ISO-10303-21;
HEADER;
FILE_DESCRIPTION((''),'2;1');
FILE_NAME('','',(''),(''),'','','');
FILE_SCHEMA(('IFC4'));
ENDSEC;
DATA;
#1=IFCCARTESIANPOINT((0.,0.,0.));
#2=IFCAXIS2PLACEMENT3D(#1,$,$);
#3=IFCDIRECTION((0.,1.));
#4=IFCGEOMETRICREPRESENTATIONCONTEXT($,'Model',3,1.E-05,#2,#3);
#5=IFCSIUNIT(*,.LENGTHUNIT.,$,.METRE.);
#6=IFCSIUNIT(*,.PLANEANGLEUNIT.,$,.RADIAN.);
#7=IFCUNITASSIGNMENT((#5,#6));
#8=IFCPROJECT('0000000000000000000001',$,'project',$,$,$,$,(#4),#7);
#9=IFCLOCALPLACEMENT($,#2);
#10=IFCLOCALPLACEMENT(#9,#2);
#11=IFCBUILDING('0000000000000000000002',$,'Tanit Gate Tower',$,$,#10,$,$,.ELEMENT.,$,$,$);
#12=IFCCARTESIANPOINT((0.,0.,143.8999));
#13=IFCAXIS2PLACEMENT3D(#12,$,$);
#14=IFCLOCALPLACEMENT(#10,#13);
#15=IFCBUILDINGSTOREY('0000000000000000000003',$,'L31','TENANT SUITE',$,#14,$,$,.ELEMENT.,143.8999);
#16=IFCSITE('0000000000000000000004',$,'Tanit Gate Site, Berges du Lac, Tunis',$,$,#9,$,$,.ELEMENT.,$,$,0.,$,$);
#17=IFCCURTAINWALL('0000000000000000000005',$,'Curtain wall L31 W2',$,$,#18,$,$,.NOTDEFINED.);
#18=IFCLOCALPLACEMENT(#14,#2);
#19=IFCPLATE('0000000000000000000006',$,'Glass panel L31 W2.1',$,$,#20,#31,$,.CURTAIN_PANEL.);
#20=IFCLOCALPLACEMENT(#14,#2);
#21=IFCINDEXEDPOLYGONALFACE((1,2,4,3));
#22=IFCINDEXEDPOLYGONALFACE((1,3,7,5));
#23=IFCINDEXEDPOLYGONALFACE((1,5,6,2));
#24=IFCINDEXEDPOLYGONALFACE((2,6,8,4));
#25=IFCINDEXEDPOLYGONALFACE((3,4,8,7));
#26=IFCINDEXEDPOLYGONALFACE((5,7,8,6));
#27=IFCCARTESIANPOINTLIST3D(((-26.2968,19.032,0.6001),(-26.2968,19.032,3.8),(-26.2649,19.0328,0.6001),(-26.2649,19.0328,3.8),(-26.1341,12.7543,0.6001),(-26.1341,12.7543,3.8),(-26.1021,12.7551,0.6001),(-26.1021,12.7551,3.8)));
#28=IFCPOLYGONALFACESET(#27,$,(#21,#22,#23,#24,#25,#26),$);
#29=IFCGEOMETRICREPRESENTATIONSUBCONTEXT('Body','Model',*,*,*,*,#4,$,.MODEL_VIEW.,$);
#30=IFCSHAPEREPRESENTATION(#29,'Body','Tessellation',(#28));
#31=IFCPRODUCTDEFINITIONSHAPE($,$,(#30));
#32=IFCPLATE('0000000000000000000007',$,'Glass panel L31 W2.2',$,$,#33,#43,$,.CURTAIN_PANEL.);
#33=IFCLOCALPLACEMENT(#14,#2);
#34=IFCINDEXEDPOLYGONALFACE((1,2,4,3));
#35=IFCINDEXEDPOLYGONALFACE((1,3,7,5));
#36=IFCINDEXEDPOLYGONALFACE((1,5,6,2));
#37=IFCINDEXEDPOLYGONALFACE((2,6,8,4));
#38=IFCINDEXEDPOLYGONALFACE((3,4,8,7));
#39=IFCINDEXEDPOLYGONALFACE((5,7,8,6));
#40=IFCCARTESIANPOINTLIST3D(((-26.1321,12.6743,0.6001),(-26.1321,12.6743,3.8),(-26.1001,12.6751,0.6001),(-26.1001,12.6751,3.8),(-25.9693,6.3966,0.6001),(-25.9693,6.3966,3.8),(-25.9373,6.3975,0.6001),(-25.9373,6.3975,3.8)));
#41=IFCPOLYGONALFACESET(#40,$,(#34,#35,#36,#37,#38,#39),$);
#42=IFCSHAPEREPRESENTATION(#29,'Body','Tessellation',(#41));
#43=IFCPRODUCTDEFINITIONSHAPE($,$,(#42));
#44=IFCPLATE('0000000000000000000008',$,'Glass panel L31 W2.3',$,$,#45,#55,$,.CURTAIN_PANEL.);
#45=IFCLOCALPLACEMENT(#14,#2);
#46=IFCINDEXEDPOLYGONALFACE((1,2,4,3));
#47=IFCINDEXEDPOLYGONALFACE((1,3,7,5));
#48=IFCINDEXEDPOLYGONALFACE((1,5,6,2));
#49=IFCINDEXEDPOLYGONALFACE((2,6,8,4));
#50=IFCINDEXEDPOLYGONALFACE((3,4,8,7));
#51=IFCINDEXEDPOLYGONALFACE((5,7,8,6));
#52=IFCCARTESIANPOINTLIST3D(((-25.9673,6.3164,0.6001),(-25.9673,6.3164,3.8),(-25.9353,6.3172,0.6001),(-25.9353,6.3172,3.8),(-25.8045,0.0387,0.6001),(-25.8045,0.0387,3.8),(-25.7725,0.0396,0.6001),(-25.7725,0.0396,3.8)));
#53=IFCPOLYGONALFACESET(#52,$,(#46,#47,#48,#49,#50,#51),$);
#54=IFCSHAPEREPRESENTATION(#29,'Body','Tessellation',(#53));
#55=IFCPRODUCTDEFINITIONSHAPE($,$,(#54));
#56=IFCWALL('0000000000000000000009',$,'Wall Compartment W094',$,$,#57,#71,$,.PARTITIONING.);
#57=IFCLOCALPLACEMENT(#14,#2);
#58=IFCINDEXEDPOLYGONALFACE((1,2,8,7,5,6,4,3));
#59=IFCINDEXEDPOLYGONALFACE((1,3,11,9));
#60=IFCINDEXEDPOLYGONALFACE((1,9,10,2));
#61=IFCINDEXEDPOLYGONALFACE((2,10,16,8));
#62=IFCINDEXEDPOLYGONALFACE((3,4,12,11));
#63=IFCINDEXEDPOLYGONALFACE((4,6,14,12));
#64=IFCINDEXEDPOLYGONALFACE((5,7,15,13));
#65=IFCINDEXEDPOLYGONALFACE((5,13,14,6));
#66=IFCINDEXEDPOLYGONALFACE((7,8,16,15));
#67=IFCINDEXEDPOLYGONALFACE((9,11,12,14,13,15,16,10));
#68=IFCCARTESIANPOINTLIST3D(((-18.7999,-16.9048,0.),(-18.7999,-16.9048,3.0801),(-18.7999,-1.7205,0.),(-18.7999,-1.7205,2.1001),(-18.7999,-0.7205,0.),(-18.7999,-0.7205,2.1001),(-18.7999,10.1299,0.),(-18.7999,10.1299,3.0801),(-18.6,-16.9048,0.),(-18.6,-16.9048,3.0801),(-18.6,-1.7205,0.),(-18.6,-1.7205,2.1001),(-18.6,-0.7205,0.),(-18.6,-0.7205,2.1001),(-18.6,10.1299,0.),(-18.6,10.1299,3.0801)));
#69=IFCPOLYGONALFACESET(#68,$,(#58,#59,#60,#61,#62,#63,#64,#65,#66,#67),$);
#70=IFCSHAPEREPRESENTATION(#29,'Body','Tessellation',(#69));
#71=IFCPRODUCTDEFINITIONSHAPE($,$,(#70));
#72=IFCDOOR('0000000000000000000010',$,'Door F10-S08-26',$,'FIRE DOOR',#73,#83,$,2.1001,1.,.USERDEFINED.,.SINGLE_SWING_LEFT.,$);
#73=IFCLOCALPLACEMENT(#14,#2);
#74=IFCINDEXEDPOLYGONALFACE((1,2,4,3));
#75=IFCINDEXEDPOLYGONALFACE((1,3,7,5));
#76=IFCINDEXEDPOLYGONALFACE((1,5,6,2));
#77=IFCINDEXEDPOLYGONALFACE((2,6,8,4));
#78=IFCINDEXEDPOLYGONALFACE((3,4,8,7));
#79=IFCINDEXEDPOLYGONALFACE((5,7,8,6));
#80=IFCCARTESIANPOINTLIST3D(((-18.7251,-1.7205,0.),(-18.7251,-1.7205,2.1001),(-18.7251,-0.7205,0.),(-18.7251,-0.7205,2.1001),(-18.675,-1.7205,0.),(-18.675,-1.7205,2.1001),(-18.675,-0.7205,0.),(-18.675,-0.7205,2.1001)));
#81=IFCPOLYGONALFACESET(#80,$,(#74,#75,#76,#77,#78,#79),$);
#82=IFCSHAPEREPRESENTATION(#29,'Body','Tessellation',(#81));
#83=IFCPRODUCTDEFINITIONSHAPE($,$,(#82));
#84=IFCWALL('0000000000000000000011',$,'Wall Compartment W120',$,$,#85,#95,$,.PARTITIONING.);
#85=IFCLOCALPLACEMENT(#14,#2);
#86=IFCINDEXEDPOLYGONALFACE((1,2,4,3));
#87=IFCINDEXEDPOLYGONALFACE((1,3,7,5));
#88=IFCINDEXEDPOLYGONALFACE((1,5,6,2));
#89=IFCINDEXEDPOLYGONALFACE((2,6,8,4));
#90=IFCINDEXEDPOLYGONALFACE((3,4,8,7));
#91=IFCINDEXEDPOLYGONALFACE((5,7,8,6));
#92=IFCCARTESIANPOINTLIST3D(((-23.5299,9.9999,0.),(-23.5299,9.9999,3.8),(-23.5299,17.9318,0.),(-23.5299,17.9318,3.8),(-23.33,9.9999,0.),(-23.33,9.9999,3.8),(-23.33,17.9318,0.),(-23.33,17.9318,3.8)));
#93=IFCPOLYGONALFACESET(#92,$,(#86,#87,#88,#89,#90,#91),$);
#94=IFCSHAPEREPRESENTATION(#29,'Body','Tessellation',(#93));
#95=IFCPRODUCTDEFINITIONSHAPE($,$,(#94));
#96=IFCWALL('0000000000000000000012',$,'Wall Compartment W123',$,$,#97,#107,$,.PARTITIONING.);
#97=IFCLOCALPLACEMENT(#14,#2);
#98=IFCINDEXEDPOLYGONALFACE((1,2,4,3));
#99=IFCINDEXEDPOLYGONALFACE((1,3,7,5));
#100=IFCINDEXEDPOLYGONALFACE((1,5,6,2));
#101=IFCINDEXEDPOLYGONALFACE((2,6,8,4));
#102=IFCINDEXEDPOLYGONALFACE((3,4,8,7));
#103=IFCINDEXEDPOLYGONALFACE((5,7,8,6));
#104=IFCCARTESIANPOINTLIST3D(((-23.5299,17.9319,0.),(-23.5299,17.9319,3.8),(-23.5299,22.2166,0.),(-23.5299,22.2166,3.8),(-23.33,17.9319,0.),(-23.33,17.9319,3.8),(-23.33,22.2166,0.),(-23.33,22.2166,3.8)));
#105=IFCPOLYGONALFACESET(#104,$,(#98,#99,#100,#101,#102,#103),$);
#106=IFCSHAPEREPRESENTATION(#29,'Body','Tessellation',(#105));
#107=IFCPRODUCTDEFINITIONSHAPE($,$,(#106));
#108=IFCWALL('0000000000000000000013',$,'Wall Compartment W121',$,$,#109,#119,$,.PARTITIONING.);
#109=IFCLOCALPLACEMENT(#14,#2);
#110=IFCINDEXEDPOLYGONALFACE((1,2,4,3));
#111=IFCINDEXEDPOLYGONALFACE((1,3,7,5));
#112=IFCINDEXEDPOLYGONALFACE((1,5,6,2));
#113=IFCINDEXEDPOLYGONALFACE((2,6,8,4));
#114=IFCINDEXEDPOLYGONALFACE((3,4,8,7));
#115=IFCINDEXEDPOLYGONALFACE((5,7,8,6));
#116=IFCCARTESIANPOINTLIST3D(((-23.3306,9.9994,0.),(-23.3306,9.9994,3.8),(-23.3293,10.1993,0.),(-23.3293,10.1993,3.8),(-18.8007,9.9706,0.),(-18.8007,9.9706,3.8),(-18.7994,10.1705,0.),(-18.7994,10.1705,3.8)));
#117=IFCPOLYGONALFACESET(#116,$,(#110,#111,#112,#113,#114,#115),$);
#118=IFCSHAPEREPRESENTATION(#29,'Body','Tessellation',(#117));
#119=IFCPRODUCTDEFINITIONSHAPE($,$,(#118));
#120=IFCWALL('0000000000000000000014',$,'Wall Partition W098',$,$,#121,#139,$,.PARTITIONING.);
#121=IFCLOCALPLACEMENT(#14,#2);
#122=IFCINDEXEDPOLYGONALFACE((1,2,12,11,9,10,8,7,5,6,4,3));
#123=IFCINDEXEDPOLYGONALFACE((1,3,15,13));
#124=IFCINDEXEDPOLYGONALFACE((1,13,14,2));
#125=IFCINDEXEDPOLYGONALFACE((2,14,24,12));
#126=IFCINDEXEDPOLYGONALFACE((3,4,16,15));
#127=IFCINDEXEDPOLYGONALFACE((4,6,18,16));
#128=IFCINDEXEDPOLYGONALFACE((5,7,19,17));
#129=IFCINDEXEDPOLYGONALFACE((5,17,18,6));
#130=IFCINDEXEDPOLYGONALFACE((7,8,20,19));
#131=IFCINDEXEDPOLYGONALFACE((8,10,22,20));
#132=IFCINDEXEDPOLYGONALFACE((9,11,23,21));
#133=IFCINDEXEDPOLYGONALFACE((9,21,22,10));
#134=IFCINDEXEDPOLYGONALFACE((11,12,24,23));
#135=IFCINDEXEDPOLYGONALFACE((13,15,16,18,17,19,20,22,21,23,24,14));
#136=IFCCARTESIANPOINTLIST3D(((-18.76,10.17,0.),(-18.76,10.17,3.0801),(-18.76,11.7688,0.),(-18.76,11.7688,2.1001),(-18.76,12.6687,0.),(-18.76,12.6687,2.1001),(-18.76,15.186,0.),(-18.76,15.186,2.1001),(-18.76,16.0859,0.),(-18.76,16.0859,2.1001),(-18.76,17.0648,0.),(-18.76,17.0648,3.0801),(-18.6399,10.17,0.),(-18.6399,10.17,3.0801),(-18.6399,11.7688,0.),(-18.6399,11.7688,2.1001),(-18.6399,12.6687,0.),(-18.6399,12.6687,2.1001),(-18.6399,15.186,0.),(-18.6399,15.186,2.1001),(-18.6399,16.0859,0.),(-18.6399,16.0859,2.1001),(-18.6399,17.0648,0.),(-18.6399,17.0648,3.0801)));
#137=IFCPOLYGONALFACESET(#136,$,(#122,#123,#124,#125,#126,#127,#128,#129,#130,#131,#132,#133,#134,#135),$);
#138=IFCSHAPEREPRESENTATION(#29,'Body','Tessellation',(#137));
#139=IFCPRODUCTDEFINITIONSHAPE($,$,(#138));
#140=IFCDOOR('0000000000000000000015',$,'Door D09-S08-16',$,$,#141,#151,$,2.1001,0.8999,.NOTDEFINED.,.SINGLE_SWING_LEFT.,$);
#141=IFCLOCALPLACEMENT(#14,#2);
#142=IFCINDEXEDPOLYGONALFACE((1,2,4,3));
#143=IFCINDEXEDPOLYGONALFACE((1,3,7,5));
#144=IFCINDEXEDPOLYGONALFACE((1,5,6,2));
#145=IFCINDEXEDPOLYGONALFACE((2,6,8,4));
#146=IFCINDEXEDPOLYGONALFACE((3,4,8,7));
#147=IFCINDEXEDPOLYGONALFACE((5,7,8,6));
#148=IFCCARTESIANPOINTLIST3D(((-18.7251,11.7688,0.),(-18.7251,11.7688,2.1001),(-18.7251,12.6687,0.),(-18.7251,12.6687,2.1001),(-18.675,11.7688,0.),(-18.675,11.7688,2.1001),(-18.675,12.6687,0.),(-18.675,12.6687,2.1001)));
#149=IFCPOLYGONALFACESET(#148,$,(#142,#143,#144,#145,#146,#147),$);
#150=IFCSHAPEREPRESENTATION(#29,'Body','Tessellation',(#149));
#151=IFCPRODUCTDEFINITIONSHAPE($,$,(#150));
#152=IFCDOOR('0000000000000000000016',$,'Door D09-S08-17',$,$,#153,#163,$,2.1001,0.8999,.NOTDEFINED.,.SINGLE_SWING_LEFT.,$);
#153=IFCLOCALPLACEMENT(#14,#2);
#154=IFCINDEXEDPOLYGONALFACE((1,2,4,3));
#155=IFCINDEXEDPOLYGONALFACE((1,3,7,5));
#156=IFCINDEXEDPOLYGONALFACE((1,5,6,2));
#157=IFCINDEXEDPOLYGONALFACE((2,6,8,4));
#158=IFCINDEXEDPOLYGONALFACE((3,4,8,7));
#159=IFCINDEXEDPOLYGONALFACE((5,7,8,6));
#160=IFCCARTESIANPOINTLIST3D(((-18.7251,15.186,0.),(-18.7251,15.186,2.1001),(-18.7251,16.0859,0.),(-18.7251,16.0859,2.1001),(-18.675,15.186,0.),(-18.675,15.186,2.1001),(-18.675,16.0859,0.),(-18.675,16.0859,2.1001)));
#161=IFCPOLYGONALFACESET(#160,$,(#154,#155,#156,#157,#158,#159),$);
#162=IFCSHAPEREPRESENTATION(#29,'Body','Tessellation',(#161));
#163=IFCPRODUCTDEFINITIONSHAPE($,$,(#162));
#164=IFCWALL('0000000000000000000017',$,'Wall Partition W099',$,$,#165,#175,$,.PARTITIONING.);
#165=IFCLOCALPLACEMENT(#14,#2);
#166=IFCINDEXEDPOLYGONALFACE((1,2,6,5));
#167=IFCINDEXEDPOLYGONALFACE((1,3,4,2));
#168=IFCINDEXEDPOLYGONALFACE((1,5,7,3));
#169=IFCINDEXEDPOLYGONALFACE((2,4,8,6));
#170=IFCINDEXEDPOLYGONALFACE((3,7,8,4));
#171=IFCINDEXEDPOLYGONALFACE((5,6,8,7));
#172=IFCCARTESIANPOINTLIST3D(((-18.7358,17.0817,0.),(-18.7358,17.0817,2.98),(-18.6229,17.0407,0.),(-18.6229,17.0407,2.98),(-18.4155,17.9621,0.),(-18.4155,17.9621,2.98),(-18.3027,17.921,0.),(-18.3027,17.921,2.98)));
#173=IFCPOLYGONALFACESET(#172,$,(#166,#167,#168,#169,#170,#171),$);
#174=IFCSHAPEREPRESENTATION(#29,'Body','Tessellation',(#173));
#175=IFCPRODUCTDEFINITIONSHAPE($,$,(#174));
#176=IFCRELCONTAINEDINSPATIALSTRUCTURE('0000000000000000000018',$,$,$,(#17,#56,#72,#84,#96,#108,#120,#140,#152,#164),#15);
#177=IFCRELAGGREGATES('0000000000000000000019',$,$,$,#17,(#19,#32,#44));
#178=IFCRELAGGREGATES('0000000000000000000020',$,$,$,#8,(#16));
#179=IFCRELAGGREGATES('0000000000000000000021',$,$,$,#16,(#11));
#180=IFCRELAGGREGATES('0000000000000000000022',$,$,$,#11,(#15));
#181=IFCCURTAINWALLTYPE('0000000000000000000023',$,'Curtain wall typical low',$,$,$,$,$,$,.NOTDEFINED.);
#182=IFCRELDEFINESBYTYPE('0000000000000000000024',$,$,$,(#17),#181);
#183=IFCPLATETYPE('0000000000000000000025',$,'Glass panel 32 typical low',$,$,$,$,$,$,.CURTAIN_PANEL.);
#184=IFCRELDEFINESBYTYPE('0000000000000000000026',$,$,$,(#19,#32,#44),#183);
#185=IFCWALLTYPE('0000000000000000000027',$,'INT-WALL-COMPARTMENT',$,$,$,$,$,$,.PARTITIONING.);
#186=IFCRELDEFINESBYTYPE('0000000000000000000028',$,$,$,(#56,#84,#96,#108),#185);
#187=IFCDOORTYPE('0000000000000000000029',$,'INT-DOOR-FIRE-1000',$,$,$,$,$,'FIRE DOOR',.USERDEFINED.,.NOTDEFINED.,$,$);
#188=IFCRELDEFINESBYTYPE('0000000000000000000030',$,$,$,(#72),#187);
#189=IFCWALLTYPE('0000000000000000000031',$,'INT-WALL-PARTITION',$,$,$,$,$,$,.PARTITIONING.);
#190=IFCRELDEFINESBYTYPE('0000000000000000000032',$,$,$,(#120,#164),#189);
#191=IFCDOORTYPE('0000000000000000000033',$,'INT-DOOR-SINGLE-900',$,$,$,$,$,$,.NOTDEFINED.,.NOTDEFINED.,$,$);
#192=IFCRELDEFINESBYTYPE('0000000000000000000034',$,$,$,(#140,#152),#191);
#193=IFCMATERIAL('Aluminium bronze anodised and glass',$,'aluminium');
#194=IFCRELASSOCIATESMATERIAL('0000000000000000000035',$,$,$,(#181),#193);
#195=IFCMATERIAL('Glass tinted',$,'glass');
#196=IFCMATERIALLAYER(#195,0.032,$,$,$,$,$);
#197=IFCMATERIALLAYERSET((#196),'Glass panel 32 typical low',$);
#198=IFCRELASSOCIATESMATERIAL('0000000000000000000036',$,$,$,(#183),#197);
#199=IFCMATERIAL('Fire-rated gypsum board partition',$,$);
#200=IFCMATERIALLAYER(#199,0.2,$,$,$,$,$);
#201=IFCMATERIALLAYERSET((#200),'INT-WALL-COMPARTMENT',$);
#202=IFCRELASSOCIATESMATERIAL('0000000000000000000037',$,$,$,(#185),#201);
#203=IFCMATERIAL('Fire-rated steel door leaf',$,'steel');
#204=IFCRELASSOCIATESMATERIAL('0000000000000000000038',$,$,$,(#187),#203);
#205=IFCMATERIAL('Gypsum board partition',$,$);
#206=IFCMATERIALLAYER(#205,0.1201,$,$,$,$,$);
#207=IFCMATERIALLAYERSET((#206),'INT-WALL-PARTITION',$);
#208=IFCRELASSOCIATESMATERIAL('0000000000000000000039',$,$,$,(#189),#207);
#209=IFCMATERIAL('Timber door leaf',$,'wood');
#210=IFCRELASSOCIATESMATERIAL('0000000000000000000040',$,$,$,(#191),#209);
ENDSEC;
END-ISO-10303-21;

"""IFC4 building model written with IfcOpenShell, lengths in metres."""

from ifc_helpers import new_model, si_unit, direction, frame, frame_2d, origin, origin_2d, place, context, subcontext, project, spatial, rectangle, extrude, material, layer, layer_set, type_object, element, fill, aggregate, save


model = new_model("IFC4")

# Units and contexts
model_context = context("Model", 3, precision=1e-05, world=origin(), true_north=direction((0.0, 1.0)))
body_context = subcontext(model_context, "Body", "Model", "MODEL_VIEW")
ifc_project = project(units=[si_unit("LENGTHUNIT", "METRE"), si_unit("PLANEANGLEUNIT", "RADIAN")], contexts=[model_context])

# Site, building, storey
site_placement = place(None, origin())
site = spatial("IfcSite", under=ifc_project, at=site_placement, Name="Tanit Gate Site, Berges du Lac, Tunis", CompositionType="ELEMENT", RefElevation=0.0)
building_placement = place(site_placement, origin())
building = spatial("IfcBuilding", under=site, at=building_placement, Name="Tanit Gate Tower", CompositionType="ELEMENT")
storey_placement = place(building_placement, frame((0.0, 0.0, 143.8999)))
storey = spatial("IfcBuildingStorey", under=building, at=storey_placement, Name="L31", Description="TENANT SUITE", CompositionType="ELEMENT", Elevation=143.8999)

# Curtain wall
ifc_material_1 = material(Name="Aluminium bronze anodised and glass", Category="aluminium")
curtain_wall_type = type_object("IfcCurtainWallType", Name="Curtain wall typical low", PredefinedType="NOTDEFINED", material=ifc_material_1)
curtain_wall_placement = place(storey_placement, origin())
curtain_wall = element("IfcCurtainWall", 1, at=curtain_wall_placement, inside=storey, type_object=curtain_wall_type, Name="Curtain wall L31 W2", PredefinedType="NOTDEFINED")

# Plates
ifc_material_2 = material(Name="Glass tinted", Category="glass")
ifc_layer_1 = layer(ifc_material_2, 0.032)
ifc_layer_set_1 = layer_set([ifc_layer_1], Name="Glass panel 32 typical low")
plate_type = type_object("IfcPlateType", Name="Glass panel 32 typical low", PredefinedType="CURTAIN_PANEL", material=ifc_layer_set_1)
plate_1_placement = place(storey_placement, frame((-26.1995, 15.8936, 0.6001), z_axis=(0.0, 0.0, 1.0), x_axis=(0.025924, -0.999664, 0.0)))
plate_1 = element("IfcPlate", 2, at=plate_1_placement, type_object=plate_type, Name="Glass panel L31 W2.1", PredefinedType="CURTAIN_PANEL", context=body_context, shape_type="SweptSolid", body=[
    extrude(rectangle(XDim=6.2798, YDim=0.032, at=origin_2d()), origin(), (0.0, 0.0, 1.0), 3.2),
])
plate_2_placement = place(storey_placement, frame((-26.0347, 9.5359, 0.6001), z_axis=(0.0, 0.0, 1.0), x_axis=(0.025924, -0.999664, 0.0)))
plate_2 = element("IfcPlate", 3, at=plate_2_placement, type_object=plate_type, Name="Glass panel L31 W2.2", PredefinedType="CURTAIN_PANEL", context=body_context, shape_type="SweptSolid", body=[
    extrude(rectangle(XDim=6.2798, YDim=0.032, at=origin_2d()), origin(), (0.0, 0.0, 1.0), 3.2),
])
plate_3_placement = place(storey_placement, frame((-25.8699, 3.178, 0.6001), z_axis=(0.0, 0.0, 1.0), x_axis=(0.025924, -0.999664, 0.0)))
plate_3 = element("IfcPlate", 4, at=plate_3_placement, type_object=plate_type, Name="Glass panel L31 W2.3", PredefinedType="CURTAIN_PANEL", context=body_context, shape_type="SweptSolid", body=[
    extrude(rectangle(XDim=6.2798, YDim=0.032, at=origin_2d()), origin(), (0.0, 0.0, 1.0), 3.2),
])
aggregate(curtain_wall, [plate_1, plate_2, plate_3])

# Wall, opening, door
ifc_material_3 = material(Name="Fire-rated gypsum board partition")
ifc_layer_2 = layer(ifc_material_3, 0.2)
ifc_layer_set_2 = layer_set([ifc_layer_2], Name="INT-WALL-COMPARTMENT")
wall_type_1 = type_object("IfcWallType", Name="INT-WALL-COMPARTMENT", PredefinedType="PARTITIONING", material=ifc_layer_set_2)
wall_1_placement = place(storey_placement, frame((-18.7, 10.1299, 0.0), z_axis=(0.0, 0.0, 1.0), x_axis=(0.0, -1.0, 0.0)))
wall_1 = element("IfcWall", 5, at=wall_1_placement, inside=storey, type_object=wall_type_1, Name="Wall Compartment W094", PredefinedType="PARTITIONING", context=body_context, shape_type="SweptSolid", body=[
    extrude(rectangle(XDim=27.0347, YDim=0.2, at=frame_2d((13.5173, 0.0))), origin(), (0.0, 0.0, 1.0), 3.0801),
])
opening_1_placement = place(wall_1_placement, frame((10.8503, 0.0, 0.0)))
opening_1 = element("IfcOpeningElement", 6, at=opening_1_placement, cuts=wall_1, PredefinedType="OPENING", context=body_context, shape_type="SweptSolid", body=[
    extrude(rectangle(XDim=1.0, YDim=2.1001, at=frame_2d((0.5, 1.05))), frame((0.0, 0.1099, 0.0), z_axis=(0.0, -1.0, 0.0), x_axis=(1.0, 0.0, 0.0)), (0.0, 0.0, 1.0), 0.22),
])
ifc_material_4 = material(Name="Fire-rated steel door leaf", Category="steel")
door_type_1 = type_object("IfcDoorType", Name="INT-DOOR-FIRE-1000", ElementType="FIRE DOOR", OperationType="NOTDEFINED", PredefinedType="USERDEFINED", material=ifc_material_4)
door_1_placement = place(opening_1_placement, origin())
door_1 = element("IfcDoor", 7, at=door_1_placement, inside=storey, type_object=door_type_1, Name="Door F10-S08-26", ObjectType="FIRE DOOR", OperationType="SINGLE_SWING_LEFT", OverallHeight=2.1001, OverallWidth=1.0, PredefinedType="USERDEFINED", context=body_context, shape_type="SweptSolid", body=[
    extrude(rectangle(XDim=1.0, YDim=2.1001, at=frame_2d((0.5, 1.05))), frame((0.0, 0.0249, 0.0), z_axis=(0.0, -1.0, 0.0), x_axis=(1.0, 0.0, 0.0)), (0.0, 0.0, 1.0), 0.05),
])
fill(opening_1, door_1)

# Walls
wall_2_placement = place(storey_placement, frame((-23.4299, 10.0, 0.0), z_axis=(0.0, 0.0, 1.0), x_axis=(0.0, 1.0, 0.0)))
element("IfcWall", 8, at=wall_2_placement, inside=storey, type_object=wall_type_1, Name="Wall Compartment W120", PredefinedType="PARTITIONING", context=body_context, shape_type="SweptSolid", body=[
    extrude(rectangle(XDim=7.9319, YDim=0.2, at=frame_2d((3.9658, 0.0))), origin(), (0.0, 0.0, 1.0), 3.8),
])
wall_3_placement = place(storey_placement, frame((-23.4299, 17.9319, 0.0), z_axis=(0.0, 0.0, 1.0), x_axis=(0.0, 1.0, 0.0)))
element("IfcWall", 9, at=wall_3_placement, inside=storey, type_object=wall_type_1, Name="Wall Compartment W123", PredefinedType="PARTITIONING", context=body_context, shape_type="SweptSolid", body=[
    extrude(rectangle(XDim=4.2847, YDim=0.2, at=frame_2d((2.1423, 0.0))), origin(), (0.0, 0.0, 1.0), 3.8),
])
wall_4_placement = place(storey_placement, frame((-23.3301, 10.0994, 0.0), z_axis=(0.0, 0.0, 1.0), x_axis=(0.99998, -0.006359, 0.0)))
element("IfcWall", 10, at=wall_4_placement, inside=storey, type_object=wall_type_1, Name="Wall Compartment W121", PredefinedType="PARTITIONING", context=body_context, shape_type="SweptSolid", body=[
    extrude(rectangle(XDim=4.53, YDim=0.2, at=frame_2d((2.2651, 0.0))), origin(), (0.0, 0.0, 1.0), 3.8),
])

# Wall, openings, doors
ifc_material_5 = material(Name="Gypsum board partition")
ifc_layer_3 = layer(ifc_material_5, 0.1201)
ifc_layer_set_3 = layer_set([ifc_layer_3], Name="INT-WALL-PARTITION")
wall_type_2 = type_object("IfcWallType", Name="INT-WALL-PARTITION", PredefinedType="PARTITIONING", material=ifc_layer_set_3)
wall_5_placement = place(storey_placement, frame((-18.7, 17.0647, 0.0), z_axis=(0.0, 0.0, 1.0), x_axis=(0.0, -1.0, 0.0)))
wall_5 = element("IfcWall", 11, at=wall_5_placement, inside=storey, type_object=wall_type_2, Name="Wall Partition W098", PredefinedType="PARTITIONING", context=body_context, shape_type="SweptSolid", body=[
    extrude(rectangle(XDim=6.8948, YDim=0.1201, at=frame_2d((3.4473, 0.0))), origin(), (0.0, 0.0, 1.0), 3.0801),
])
opening_2_placement = place(wall_5_placement, frame((4.396, 0.0, 0.0)))
opening_2 = element("IfcOpeningElement", 12, at=opening_2_placement, cuts=wall_5, PredefinedType="OPENING", context=body_context, shape_type="SweptSolid", body=[
    extrude(rectangle(XDim=0.8999, YDim=2.1001, at=frame_2d((0.45, 1.05))), frame((0.0, 0.0701, 0.0), z_axis=(0.0, -1.0, 0.0), x_axis=(1.0, 0.0, 0.0)), (0.0, 0.0, 1.0), 0.1401),
])
opening_3_placement = place(wall_5_placement, frame((0.9788, 0.0, 0.0)))
opening_3 = element("IfcOpeningElement", 13, at=opening_3_placement, cuts=wall_5, PredefinedType="OPENING", context=body_context, shape_type="SweptSolid", body=[
    extrude(rectangle(XDim=0.8999, YDim=2.1001, at=frame_2d((0.45, 1.05))), frame((0.0, 0.0701, 0.0), z_axis=(0.0, -1.0, 0.0), x_axis=(1.0, 0.0, 0.0)), (0.0, 0.0, 1.0), 0.1401),
])
ifc_material_6 = material(Name="Timber door leaf", Category="wood")
door_type_2 = type_object("IfcDoorType", Name="INT-DOOR-SINGLE-900", OperationType="NOTDEFINED", PredefinedType="NOTDEFINED", material=ifc_material_6)
door_2_placement = place(opening_2_placement, origin())
door_2 = element("IfcDoor", 14, at=door_2_placement, inside=storey, type_object=door_type_2, Name="Door D09-S08-16", OperationType="SINGLE_SWING_LEFT", OverallHeight=2.1001, OverallWidth=0.8999, PredefinedType="NOTDEFINED", context=body_context, shape_type="SweptSolid", body=[
    extrude(rectangle(XDim=0.8999, YDim=2.1001, at=frame_2d((0.45, 1.05))), frame((0.0, 0.0249, 0.0), z_axis=(0.0, -1.0, 0.0), x_axis=(1.0, 0.0, 0.0)), (0.0, 0.0, 1.0), 0.05),
])
fill(opening_2, door_2)
door_3_placement = place(opening_3_placement, origin())
door_3 = element("IfcDoor", 15, at=door_3_placement, inside=storey, type_object=door_type_2, Name="Door D09-S08-17", OperationType="SINGLE_SWING_LEFT", OverallHeight=2.1001, OverallWidth=0.8999, PredefinedType="NOTDEFINED", context=body_context, shape_type="SweptSolid", body=[
    extrude(rectangle(XDim=0.8999, YDim=2.1001, at=frame_2d((0.45, 1.05))), frame((0.0, 0.0249, 0.0), z_axis=(0.0, -1.0, 0.0), x_axis=(1.0, 0.0, 0.0)), (0.0, 0.0, 1.0), 0.05),
])
fill(opening_3, door_3)

# Wall
wall_6_placement = place(storey_placement, frame((-18.3591, 17.9414, 0.0), z_axis=(0.0, 0.0, 1.0), x_axis=(-0.34191, -0.939733, 0.0)))
element("IfcWall", 16, at=wall_6_placement, inside=storey, type_object=wall_type_2, Name="Wall Partition W099", PredefinedType="PARTITIONING", context=body_context, shape_type="SweptSolid", body=[
    extrude(rectangle(XDim=0.9368, YDim=0.1201, at=frame_2d((0.4683, 0.0))), origin(), (0.0, 0.0, 1.0), 2.98),
])

save(model, "model.ifc")
